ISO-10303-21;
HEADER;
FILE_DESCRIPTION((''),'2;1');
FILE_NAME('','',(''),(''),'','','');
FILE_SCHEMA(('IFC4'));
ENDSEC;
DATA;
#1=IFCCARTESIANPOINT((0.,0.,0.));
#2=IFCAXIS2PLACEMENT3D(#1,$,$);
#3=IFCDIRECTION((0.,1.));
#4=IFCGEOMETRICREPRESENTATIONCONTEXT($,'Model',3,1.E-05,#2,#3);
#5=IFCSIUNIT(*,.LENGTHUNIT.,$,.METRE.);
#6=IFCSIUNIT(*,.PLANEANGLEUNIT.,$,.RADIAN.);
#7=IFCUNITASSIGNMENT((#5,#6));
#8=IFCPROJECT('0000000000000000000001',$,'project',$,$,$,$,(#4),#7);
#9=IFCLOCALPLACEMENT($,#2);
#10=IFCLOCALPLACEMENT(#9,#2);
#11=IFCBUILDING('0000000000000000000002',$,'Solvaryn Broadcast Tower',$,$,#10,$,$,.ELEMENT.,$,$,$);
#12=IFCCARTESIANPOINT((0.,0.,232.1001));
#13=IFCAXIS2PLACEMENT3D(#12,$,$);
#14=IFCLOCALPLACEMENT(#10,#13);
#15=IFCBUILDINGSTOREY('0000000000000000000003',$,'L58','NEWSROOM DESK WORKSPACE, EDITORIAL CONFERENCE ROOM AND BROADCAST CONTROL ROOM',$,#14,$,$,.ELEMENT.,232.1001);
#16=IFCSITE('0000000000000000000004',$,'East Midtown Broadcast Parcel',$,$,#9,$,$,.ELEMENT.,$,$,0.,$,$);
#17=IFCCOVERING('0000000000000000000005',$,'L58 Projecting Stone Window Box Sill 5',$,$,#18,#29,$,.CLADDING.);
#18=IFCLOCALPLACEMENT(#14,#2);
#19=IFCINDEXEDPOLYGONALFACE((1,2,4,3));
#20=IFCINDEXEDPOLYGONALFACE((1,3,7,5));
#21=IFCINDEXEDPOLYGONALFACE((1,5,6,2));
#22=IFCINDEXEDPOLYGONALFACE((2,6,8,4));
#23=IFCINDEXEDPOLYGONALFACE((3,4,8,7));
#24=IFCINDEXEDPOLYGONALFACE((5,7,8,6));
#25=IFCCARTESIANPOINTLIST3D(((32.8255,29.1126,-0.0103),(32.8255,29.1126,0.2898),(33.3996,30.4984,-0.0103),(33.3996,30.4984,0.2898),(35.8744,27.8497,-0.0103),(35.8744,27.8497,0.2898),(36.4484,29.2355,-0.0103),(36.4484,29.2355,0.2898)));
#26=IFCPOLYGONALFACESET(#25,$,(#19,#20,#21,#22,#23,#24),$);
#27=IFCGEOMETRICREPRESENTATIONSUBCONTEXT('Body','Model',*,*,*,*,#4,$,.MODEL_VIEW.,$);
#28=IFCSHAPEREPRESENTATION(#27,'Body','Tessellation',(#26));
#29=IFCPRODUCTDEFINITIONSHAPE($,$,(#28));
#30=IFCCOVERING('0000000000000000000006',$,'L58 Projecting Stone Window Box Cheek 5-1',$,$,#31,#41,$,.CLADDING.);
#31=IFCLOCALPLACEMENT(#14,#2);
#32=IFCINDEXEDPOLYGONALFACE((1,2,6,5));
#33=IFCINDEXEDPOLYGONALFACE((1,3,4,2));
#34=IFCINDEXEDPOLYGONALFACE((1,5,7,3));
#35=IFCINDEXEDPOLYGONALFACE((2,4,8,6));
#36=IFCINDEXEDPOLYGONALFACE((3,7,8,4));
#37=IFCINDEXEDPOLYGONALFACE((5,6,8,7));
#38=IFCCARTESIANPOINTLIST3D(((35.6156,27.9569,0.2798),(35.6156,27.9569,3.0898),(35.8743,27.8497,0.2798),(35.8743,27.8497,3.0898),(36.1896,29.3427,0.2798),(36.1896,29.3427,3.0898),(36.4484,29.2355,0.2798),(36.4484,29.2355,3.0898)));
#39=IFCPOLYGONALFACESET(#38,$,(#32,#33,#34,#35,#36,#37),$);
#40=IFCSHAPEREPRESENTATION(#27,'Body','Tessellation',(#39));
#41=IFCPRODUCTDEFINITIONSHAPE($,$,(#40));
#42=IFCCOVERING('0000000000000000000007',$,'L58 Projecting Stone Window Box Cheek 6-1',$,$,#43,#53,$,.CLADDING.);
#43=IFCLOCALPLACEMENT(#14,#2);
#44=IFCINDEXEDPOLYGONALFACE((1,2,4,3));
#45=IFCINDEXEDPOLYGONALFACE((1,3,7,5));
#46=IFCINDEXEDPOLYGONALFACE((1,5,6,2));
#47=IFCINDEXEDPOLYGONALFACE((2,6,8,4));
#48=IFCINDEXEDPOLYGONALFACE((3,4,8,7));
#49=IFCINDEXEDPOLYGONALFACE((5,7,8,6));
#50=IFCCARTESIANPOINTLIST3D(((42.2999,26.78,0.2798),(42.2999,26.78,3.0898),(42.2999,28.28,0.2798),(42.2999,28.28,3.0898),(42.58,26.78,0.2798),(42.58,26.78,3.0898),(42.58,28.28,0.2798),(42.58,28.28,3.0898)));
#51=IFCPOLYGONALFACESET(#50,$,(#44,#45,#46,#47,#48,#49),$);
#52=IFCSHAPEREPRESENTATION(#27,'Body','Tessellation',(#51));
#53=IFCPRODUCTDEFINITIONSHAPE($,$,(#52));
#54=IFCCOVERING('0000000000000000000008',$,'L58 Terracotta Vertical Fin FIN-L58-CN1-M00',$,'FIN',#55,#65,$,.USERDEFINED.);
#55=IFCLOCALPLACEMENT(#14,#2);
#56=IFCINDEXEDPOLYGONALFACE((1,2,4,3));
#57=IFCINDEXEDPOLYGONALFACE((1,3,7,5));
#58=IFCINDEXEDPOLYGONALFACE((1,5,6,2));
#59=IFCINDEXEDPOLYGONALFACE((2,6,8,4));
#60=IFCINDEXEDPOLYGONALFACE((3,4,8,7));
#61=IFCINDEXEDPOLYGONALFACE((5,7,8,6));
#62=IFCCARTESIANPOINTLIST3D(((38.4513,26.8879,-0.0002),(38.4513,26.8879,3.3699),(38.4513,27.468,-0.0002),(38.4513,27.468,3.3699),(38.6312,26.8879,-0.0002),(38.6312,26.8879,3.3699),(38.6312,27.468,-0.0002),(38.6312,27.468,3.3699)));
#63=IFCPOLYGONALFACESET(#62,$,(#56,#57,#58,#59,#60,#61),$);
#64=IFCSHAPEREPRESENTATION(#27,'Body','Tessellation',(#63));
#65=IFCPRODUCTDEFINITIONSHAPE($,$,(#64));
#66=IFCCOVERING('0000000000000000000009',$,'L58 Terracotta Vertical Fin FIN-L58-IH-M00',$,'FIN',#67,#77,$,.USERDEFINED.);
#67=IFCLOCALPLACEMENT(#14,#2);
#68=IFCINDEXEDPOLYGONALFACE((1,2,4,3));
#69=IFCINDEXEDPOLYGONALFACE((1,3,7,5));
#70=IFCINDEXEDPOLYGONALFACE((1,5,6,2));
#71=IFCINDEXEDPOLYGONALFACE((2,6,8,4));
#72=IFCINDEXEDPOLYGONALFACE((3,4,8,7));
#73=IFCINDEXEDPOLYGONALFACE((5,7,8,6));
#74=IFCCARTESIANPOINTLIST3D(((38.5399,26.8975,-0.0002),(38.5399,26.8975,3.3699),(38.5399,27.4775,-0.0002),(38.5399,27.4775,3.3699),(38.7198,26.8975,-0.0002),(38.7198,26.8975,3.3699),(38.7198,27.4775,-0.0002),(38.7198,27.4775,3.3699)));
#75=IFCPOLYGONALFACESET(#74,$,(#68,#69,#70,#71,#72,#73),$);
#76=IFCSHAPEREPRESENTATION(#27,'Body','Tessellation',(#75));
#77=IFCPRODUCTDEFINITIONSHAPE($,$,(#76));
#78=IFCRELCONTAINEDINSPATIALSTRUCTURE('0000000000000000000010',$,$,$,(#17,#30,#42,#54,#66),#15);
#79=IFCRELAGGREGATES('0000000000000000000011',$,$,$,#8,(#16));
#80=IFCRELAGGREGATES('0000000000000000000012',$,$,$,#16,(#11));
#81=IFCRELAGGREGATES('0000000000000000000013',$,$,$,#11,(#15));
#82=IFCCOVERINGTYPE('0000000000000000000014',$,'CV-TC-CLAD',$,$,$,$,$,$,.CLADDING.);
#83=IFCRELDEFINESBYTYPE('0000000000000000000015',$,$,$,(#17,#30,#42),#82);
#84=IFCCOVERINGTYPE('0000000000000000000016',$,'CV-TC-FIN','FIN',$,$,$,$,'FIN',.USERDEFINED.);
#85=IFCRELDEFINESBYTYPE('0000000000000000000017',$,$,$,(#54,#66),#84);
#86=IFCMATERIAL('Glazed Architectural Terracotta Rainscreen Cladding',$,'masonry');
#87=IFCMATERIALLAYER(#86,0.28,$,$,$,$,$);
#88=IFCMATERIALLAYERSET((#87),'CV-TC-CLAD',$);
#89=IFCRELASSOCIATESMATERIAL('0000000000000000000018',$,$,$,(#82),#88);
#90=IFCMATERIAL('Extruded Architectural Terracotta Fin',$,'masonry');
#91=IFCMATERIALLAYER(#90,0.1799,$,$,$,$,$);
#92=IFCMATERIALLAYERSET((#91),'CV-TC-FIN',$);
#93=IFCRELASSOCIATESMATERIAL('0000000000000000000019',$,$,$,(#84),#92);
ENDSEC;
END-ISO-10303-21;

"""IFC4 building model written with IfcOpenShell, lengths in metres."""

from ifc_helpers import new_model, si_unit, direction, frame, origin, origin_2d, place, context, subcontext, project, spatial, rectangle, extrude, material, layer, layer_set, type_object, element, save


model = new_model("IFC4")

# Units and contexts
model_context = context("Model", 3, precision=1e-05, world=origin(), true_north=direction((0.0, 1.0)))
body_context = subcontext(model_context, "Body", "Model", "MODEL_VIEW")
ifc_project = project(units=[si_unit("LENGTHUNIT", "METRE"), si_unit("PLANEANGLEUNIT", "RADIAN")], contexts=[model_context])

# Site, building, storey
site_placement = place(None, origin())
site = spatial("IfcSite", under=ifc_project, at=site_placement, Name="East Midtown Broadcast Parcel", CompositionType="ELEMENT", RefElevation=0.0)
building_placement = place(site_placement, origin())
building = spatial("IfcBuilding", under=site, at=building_placement, Name="Solvaryn Broadcast Tower", CompositionType="ELEMENT")
storey_placement = place(building_placement, frame((0.0, 0.0, 232.1001)))
storey = spatial("IfcBuildingStorey", under=building, at=storey_placement, Name="L58", Description="NEWSROOM DESK WORKSPACE, EDITORIAL CONFERENCE ROOM AND BROADCAST CONTROL ROOM", CompositionType="ELEMENT", Elevation=232.1001)

# Coverings
ifc_material_1 = material(Name="Glazed Architectural Terracotta Rainscreen Cladding", Category="masonry")
ifc_layer_1 = layer(ifc_material_1, 0.28)
ifc_layer_set_1 = layer_set([ifc_layer_1], Name="CV-TC-CLAD")
covering_type_1 = type_object("IfcCoveringType", Name="CV-TC-CLAD", PredefinedType="CLADDING", material=ifc_layer_set_1)
for number, where, z_axis, x_axis, name in (
    (1, (34.637, 29.1741, -0.0103), (0.0, 0.0, 1.0), (-0.92388, 0.382683, 0.0), "L58 Projecting Stone Window Box Sill 5"),
):
    element("IfcCovering", number, at=place(storey_placement, frame(where, z_axis=z_axis, x_axis=x_axis)), inside=storey, type_object=covering_type_1, Name=name, PredefinedType="CLADDING", context=body_context, shape_type="SweptSolid", body=[
        extrude(rectangle(XDim=3.3, YDim=1.5, at=origin_2d()), origin(), (0.0, 0.0, 1.0), 0.3),
    ])
for number, where, z_axis, x_axis, name in (
    (2, (36.032, 28.5962, 0.2798), (0.0, 0.0, 1.0), (-0.92388, 0.382683, 0.0), "L58 Projecting Stone Window Box Cheek 5-1"),
    (3, (42.4399, 27.53, 0.2798), (0.0, 0.0, 1.0), (1.0, 0.0, 0.0), "L58 Projecting Stone Window Box Cheek 6-1"),
):
    element("IfcCovering", number, at=place(storey_placement, frame(where, z_axis=z_axis, x_axis=x_axis)), inside=storey, type_object=covering_type_1, Name=name, PredefinedType="CLADDING", context=body_context, shape_type="SweptSolid", body=[
        extrude(rectangle(XDim=0.28, YDim=1.5, at=origin_2d()), origin(), (0.0, 0.0, 1.0), 2.8101),
    ])
ifc_material_2 = material(Name="Extruded Architectural Terracotta Fin", Category="masonry")
ifc_layer_2 = layer(ifc_material_2, 0.1799)
ifc_layer_set_2 = layer_set([ifc_layer_2], Name="CV-TC-FIN")
covering_type_2 = type_object("IfcCoveringType", Name="CV-TC-FIN", Description="FIN", ElementType="FIN", PredefinedType="USERDEFINED", material=ifc_layer_set_2)
for number, where, z_axis, x_axis, name in (
    (4, (38.5413, 27.178, -0.0002), (0.0, 0.0, 1.0), (1.0, 0.0, 0.0), "L58 Terracotta Vertical Fin FIN-L58-CN1-M00"),
    (5, (38.6299, 27.1875, -0.0002), (0.0, 0.0, 1.0), (1.0, 0.0, 0.0), "L58 Terracotta Vertical Fin FIN-L58-IH-M00"),
):
    element("IfcCovering", number, at=place(storey_placement, frame(where, z_axis=z_axis, x_axis=x_axis)), inside=storey, type_object=covering_type_2, Name=name, ObjectType="FIN", PredefinedType="USERDEFINED", context=body_context, shape_type="SweptSolid", body=[
        extrude(rectangle(XDim=0.1799, YDim=0.5801, at=origin_2d()), origin(), (0.0, 0.0, 1.0), 3.3701),
    ])

save(model, "model.ifc")
